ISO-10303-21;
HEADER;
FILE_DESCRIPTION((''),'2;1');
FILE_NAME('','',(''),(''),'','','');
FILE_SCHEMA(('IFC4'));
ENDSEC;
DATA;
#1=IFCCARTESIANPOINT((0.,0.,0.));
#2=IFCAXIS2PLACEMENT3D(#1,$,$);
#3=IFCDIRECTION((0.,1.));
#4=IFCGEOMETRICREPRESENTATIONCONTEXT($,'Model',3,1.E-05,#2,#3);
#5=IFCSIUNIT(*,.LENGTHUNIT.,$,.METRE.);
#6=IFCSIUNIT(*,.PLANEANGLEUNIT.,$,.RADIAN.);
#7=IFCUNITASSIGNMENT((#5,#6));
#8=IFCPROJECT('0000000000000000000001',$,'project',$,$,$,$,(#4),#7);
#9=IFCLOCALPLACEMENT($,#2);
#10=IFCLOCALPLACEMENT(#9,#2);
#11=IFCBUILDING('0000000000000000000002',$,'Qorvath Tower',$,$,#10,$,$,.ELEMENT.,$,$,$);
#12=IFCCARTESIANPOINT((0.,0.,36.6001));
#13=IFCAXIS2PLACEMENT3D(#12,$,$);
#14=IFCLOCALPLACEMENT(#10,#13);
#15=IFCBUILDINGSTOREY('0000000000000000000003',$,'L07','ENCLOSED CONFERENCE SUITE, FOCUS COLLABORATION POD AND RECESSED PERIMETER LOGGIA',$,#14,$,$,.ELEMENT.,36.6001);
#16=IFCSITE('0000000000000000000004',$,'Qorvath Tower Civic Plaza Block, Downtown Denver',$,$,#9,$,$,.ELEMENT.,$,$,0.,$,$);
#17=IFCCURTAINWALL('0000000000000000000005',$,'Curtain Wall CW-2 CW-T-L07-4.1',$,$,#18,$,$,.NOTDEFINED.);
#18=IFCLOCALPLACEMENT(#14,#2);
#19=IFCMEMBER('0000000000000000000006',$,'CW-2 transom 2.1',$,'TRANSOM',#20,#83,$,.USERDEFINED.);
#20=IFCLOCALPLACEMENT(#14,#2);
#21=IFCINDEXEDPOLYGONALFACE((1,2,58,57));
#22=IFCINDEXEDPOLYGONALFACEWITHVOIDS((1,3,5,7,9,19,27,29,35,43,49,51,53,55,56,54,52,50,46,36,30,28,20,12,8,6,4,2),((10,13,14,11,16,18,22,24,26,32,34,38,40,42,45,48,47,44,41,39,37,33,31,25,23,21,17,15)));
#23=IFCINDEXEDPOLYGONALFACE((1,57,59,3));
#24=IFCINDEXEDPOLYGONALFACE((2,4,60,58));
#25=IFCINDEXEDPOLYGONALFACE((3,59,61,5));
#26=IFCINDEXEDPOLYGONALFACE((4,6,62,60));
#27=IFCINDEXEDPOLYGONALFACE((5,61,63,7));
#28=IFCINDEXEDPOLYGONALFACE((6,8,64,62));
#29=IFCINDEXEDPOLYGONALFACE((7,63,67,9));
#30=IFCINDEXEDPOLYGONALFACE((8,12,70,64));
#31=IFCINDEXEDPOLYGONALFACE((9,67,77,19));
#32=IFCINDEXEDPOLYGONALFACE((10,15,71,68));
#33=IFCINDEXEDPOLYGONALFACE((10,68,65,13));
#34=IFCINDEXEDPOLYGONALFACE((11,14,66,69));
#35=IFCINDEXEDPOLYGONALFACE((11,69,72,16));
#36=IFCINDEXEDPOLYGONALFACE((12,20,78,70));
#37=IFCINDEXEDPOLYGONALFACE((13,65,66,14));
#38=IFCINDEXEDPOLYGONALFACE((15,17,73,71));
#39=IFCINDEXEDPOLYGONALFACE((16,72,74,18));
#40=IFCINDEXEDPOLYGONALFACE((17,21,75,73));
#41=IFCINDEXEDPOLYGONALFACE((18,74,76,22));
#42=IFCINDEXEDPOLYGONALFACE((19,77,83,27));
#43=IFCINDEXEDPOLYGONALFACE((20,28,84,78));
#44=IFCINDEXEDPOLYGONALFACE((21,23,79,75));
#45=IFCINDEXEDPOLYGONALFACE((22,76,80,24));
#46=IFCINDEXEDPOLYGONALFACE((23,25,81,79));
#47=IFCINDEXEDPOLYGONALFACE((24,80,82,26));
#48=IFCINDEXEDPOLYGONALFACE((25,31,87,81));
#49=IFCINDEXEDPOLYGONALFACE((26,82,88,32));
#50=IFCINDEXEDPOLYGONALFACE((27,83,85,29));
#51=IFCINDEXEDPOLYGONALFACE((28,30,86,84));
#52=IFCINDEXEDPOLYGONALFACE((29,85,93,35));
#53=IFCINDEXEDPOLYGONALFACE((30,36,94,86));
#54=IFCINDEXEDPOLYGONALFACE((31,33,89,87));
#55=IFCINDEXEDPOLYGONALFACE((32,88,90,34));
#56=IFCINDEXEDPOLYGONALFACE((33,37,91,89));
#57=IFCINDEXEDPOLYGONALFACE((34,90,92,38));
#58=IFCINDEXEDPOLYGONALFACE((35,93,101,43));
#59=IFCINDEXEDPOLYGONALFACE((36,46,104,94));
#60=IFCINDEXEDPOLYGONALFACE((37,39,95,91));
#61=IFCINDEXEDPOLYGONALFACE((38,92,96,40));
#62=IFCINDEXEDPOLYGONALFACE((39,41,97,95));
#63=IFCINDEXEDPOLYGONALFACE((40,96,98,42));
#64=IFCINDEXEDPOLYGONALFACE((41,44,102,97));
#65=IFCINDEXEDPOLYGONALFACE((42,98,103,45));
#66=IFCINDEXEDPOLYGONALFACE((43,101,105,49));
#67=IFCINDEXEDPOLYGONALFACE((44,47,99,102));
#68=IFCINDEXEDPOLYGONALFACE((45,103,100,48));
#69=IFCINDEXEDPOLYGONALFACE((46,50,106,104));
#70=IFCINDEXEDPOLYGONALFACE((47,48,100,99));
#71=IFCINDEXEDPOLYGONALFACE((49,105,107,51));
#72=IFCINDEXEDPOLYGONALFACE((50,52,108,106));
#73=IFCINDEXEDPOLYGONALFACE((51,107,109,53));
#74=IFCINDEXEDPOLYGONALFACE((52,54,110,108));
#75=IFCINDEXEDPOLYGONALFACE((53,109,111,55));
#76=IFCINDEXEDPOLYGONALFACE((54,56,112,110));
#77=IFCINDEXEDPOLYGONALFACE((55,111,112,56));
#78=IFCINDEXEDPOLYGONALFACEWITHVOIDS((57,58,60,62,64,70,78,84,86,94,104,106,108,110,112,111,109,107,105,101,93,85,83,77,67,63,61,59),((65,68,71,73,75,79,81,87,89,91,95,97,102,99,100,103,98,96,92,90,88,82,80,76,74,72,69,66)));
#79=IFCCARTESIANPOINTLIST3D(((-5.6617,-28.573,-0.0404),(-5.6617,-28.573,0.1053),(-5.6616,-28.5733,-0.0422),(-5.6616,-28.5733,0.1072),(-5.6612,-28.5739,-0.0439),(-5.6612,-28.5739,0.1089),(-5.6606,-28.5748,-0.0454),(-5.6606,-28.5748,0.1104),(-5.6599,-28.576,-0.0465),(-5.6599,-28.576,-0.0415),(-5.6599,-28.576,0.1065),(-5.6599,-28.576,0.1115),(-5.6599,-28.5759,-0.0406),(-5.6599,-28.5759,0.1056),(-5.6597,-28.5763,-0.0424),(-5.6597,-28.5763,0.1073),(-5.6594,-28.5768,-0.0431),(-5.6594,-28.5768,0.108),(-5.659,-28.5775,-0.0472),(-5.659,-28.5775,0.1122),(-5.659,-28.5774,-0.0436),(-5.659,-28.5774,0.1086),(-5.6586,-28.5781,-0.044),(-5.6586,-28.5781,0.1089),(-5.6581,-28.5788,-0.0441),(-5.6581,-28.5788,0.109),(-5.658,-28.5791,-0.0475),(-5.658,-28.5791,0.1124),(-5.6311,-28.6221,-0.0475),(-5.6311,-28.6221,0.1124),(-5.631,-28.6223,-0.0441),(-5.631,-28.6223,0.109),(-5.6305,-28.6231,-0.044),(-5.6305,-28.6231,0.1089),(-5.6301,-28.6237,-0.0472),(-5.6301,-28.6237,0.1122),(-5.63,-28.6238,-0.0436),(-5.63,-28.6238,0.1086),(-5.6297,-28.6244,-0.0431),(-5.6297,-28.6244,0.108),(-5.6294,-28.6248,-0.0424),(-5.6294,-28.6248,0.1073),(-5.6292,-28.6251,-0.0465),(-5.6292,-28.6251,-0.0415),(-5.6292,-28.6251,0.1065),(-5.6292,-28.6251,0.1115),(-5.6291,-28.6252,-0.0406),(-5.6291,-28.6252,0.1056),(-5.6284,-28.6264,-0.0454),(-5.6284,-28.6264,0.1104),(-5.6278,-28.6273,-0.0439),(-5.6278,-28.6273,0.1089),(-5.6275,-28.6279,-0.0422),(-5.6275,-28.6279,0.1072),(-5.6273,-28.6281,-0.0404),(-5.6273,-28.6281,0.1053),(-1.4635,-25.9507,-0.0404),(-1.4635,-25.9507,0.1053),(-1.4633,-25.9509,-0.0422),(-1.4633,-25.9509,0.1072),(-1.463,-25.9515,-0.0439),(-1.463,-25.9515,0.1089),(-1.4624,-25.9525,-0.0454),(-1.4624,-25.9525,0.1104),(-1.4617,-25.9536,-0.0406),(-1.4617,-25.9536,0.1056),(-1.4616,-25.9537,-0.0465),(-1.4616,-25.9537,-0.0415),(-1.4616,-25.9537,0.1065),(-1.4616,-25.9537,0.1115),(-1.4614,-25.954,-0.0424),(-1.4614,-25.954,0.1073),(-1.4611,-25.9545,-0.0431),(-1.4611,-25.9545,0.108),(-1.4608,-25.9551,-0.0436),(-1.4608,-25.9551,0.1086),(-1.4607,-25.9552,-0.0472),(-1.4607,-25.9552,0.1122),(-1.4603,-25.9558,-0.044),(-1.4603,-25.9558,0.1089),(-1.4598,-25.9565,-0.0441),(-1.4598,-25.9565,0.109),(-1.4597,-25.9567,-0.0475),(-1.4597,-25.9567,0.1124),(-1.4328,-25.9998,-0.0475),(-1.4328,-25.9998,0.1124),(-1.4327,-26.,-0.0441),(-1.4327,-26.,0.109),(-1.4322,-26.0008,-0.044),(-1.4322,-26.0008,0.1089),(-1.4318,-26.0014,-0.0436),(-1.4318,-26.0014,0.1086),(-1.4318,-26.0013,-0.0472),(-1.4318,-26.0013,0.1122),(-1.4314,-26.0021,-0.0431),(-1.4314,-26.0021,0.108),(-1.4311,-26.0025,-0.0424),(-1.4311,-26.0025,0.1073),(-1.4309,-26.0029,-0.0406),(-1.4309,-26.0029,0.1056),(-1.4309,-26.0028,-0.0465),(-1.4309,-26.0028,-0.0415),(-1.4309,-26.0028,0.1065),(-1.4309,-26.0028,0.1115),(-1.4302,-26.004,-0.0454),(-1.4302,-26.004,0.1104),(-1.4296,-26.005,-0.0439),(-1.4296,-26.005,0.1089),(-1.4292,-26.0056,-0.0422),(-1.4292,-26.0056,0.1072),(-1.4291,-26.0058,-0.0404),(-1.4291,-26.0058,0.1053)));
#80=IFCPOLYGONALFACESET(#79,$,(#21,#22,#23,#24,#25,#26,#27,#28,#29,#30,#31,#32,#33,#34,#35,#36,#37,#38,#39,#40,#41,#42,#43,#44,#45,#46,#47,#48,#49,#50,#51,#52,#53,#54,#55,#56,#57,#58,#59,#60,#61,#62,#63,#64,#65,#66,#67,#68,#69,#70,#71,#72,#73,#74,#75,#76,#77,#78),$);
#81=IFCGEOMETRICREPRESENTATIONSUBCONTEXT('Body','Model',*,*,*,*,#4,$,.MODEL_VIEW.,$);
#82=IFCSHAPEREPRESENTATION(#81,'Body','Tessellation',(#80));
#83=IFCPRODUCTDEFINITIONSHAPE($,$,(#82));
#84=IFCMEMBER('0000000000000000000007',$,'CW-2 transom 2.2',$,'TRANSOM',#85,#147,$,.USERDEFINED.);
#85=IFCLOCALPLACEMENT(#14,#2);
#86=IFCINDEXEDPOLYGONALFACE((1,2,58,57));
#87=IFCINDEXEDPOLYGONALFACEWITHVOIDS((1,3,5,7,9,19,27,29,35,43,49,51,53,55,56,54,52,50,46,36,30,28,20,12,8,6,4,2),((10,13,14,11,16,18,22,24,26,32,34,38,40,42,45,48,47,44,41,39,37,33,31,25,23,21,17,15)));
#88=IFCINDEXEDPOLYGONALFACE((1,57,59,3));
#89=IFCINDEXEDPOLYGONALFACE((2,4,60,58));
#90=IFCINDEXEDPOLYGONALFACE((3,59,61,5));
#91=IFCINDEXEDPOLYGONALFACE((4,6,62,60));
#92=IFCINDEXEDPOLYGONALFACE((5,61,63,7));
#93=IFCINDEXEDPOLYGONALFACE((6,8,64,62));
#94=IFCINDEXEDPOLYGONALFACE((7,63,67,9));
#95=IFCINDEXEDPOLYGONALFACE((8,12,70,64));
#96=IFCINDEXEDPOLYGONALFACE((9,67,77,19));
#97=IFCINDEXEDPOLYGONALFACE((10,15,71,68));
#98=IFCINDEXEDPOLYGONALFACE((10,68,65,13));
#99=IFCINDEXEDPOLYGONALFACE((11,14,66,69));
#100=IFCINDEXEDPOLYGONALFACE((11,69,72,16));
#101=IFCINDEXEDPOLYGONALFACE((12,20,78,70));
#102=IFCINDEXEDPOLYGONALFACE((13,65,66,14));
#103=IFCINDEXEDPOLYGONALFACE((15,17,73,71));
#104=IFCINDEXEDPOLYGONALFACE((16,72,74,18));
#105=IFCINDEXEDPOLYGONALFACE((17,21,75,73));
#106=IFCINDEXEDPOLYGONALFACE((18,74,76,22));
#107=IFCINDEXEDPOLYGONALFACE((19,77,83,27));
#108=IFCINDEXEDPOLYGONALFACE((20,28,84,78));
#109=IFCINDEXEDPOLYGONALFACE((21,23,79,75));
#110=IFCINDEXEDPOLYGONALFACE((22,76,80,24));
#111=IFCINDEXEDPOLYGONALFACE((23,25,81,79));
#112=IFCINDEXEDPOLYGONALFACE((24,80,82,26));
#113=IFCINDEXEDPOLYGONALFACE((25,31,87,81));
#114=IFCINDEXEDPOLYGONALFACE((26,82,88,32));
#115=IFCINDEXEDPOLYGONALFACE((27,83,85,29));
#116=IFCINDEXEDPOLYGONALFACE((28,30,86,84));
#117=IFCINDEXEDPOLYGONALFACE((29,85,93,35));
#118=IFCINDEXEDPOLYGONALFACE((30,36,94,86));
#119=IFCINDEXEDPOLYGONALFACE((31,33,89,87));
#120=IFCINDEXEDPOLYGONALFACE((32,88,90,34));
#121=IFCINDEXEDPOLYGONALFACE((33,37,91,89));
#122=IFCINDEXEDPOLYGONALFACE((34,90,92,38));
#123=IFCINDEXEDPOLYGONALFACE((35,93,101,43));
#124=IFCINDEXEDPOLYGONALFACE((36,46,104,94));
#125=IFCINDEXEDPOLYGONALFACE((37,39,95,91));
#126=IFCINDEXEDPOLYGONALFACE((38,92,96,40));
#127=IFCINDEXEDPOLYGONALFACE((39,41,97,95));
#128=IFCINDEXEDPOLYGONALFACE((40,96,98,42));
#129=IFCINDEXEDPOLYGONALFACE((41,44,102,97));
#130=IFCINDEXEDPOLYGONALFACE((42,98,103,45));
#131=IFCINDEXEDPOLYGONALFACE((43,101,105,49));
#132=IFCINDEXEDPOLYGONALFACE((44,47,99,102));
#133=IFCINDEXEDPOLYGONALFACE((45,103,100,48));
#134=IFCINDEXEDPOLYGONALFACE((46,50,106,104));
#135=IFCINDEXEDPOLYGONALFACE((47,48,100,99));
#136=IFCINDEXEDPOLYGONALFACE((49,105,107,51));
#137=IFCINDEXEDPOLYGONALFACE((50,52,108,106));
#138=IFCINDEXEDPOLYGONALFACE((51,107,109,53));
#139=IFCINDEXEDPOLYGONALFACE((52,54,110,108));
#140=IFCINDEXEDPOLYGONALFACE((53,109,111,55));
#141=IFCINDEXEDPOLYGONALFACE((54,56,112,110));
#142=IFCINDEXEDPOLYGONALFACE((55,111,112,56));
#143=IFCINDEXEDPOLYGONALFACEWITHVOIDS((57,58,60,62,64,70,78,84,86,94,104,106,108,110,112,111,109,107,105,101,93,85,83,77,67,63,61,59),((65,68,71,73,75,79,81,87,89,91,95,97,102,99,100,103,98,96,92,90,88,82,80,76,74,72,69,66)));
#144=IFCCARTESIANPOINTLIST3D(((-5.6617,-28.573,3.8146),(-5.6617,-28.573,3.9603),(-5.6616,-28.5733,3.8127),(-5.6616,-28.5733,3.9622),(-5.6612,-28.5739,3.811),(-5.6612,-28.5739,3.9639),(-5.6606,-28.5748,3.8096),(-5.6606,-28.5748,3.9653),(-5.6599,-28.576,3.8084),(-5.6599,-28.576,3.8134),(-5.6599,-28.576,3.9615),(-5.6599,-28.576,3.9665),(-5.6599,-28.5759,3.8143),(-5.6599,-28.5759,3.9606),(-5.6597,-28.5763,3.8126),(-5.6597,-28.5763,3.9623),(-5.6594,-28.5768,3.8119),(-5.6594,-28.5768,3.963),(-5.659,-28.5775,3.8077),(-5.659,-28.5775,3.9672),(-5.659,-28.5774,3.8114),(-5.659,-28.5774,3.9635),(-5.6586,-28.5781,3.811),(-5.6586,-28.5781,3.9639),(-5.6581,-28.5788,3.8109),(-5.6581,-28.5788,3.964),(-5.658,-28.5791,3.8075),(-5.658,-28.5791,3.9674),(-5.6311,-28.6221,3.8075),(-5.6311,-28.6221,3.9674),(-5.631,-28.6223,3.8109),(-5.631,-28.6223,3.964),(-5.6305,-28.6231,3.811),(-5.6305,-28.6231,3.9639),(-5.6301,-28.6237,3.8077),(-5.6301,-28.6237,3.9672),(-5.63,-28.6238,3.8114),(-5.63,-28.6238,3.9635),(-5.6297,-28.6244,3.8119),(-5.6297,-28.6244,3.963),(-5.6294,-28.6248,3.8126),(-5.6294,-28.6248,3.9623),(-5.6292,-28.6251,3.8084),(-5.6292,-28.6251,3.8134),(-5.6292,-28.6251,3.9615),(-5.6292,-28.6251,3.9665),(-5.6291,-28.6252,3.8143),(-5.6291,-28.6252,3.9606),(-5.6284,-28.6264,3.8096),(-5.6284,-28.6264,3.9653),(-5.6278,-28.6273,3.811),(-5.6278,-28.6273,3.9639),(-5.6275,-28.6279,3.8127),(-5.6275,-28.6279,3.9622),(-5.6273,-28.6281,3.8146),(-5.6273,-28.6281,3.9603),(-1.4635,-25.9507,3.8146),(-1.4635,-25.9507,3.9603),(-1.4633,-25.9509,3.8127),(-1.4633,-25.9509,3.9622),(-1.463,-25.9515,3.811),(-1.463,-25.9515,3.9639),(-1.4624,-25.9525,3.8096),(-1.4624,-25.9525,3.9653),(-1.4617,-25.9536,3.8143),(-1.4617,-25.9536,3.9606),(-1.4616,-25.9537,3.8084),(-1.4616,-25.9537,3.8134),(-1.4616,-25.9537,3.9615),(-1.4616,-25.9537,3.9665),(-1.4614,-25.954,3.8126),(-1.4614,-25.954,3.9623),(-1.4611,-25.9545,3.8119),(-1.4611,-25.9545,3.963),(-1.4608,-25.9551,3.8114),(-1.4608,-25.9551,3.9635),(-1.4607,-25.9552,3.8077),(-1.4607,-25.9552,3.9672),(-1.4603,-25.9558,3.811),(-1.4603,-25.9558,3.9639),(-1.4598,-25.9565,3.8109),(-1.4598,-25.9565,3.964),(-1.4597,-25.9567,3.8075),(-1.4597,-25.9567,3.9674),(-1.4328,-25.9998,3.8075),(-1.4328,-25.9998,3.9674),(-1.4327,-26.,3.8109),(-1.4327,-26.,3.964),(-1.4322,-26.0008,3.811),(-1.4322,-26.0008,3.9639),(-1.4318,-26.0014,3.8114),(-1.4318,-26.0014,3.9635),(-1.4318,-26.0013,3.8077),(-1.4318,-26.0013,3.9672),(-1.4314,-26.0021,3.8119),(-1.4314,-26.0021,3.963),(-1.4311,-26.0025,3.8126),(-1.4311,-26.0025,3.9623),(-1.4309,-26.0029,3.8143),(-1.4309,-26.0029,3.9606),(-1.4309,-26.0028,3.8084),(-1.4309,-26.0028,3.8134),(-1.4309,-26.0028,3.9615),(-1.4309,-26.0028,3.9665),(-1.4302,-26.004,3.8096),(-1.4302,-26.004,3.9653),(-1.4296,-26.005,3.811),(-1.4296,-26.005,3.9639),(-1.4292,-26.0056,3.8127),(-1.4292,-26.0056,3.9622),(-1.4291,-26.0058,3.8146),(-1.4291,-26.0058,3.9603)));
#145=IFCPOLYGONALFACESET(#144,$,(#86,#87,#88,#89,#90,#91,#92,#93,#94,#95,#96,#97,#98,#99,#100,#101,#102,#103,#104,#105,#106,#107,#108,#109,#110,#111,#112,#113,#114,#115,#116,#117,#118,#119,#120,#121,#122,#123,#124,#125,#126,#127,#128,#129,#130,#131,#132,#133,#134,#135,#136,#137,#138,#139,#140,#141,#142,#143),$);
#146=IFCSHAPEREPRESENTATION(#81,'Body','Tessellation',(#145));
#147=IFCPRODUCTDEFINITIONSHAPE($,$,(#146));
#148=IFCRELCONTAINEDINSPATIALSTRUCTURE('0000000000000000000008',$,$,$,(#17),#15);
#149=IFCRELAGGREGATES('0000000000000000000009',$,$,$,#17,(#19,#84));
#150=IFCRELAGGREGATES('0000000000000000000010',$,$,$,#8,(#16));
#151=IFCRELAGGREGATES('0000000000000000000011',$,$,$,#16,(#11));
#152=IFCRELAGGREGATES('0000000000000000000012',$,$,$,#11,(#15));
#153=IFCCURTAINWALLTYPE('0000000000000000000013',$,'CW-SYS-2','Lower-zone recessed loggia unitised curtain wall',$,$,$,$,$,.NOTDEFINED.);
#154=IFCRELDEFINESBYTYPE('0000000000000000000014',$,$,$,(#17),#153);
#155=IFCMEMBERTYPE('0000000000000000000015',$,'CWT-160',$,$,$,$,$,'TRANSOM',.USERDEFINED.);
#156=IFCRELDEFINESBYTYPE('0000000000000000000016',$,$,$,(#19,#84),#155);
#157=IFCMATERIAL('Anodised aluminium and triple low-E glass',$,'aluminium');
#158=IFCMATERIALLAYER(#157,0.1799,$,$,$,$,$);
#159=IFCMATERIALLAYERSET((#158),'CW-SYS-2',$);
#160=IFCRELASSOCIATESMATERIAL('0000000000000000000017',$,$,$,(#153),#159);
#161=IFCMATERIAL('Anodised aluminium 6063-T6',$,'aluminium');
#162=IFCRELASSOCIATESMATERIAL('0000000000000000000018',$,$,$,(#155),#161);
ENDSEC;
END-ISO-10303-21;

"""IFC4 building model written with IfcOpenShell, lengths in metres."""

from ifc_helpers import new_model, si_unit, direction, frame, origin, origin_2d, place, context, subcontext, project, spatial, hollow_rectangle, extrude, material, layer, layer_set, material_profile, profile_set, type_object, element, aggregate, save


model = new_model("IFC4")

# Units and contexts
model_context = context("Model", 3, precision=1e-05, world=origin(), true_north=direction((0.0, 1.0)))
body_context = subcontext(model_context, "Body", "Model", "MODEL_VIEW")
ifc_project = project(units=[si_unit("LENGTHUNIT", "METRE"), si_unit("PLANEANGLEUNIT", "RADIAN")], contexts=[model_context])

# Site, building, storey
site_placement = place(None, origin())
site = spatial("IfcSite", under=ifc_project, at=site_placement, Name="Qorvath Tower Civic Plaza Block, Downtown Denver", CompositionType="ELEMENT", RefElevation=0.0)
building_placement = place(site_placement, origin())
building = spatial("IfcBuilding", under=site, at=building_placement, Name="Qorvath Tower", CompositionType="ELEMENT")
storey_placement = place(building_placement, frame((0.0, 0.0, 36.6001)))
storey = spatial("IfcBuildingStorey", under=building, at=storey_placement, Name="L07", Description="ENCLOSED CONFERENCE SUITE, FOCUS COLLABORATION POD AND RECESSED PERIMETER LOGGIA", CompositionType="ELEMENT", Elevation=36.6001)

# Curtain wall
ifc_material_1 = material(Name="Anodised aluminium and triple low-E glass", Category="aluminium")
ifc_layer_1 = layer(ifc_material_1, 0.1799)
ifc_layer_set_1 = layer_set([ifc_layer_1], Name="CW-SYS-2")
curtain_wall_type = type_object("IfcCurtainWallType", Name="CW-SYS-2", Description="Lower-zone recessed loggia unitised curtain wall", PredefinedType="NOTDEFINED", material=ifc_layer_set_1)
curtain_wall_1_placement = place(storey_placement, origin())
curtain_wall_1 = element("IfcCurtainWall", 1, at=curtain_wall_1_placement, inside=storey, type_object=curtain_wall_type, Name="Curtain Wall CW-2 CW-T-L07-4.1", PredefinedType="NOTDEFINED")

# Members
ifc_material_2 = material(Name="Anodised aluminium 6063-T6", Category="aluminium")
ifc_material_profile_1 = material_profile(ifc_material_2, hollow_rectangle(XDim=0.0649, YDim=0.1599, WallThickness=0.0034, InnerFilletRadius=0.0034, OuterFilletRadius=0.0071, at=origin_2d()), Name="CWT 160x65")
ifc_profile_set_1 = profile_set([ifc_material_profile_1], Name="Anodised aluminium 6063-T6")
member_type_1 = type_object("IfcMemberType", Name="CWT-160", ElementType="TRANSOM", PredefinedType="USERDEFINED", material=ifc_profile_set_1)
member_1_placement = place(storey_placement, frame((-5.6445, -28.6006, 0.0325), z_axis=(0.848142, 0.529768, 0.0), x_axis=(-0.529768, 0.848142, 0.0)))
member_1 = element("IfcMember", 2, at=member_1_placement, type_object=member_type_1, Name="CW-2 transom 2.1", ObjectType="TRANSOM", PredefinedType="USERDEFINED", context=body_context, shape_type="SweptSolid", body=[
    extrude(hollow_rectangle(XDim=0.0649, YDim=0.1599, WallThickness=0.0034, InnerFilletRadius=0.0034, OuterFilletRadius=0.0071, at=origin_2d()), origin(), (0.0, 0.0, 1.0), 4.95),
])
member_2_placement = place(storey_placement, frame((-5.6445, -28.6006, 3.8875), z_axis=(0.848142, 0.529768, 0.0), x_axis=(-0.529768, 0.848142, 0.0)))
member_2 = element("IfcMember", 3, at=member_2_placement, type_object=member_type_1, Name="CW-2 transom 2.2", ObjectType="TRANSOM", PredefinedType="USERDEFINED", context=body_context, shape_type="SweptSolid", body=[
    extrude(hollow_rectangle(XDim=0.0649, YDim=0.1599, WallThickness=0.0034, InnerFilletRadius=0.0034, OuterFilletRadius=0.0071, at=origin_2d()), origin(), (0.0, 0.0, 1.0), 4.95),
])

aggregate(curtain_wall_1, [member_1, member_2])

save(model, "model.ifc")
